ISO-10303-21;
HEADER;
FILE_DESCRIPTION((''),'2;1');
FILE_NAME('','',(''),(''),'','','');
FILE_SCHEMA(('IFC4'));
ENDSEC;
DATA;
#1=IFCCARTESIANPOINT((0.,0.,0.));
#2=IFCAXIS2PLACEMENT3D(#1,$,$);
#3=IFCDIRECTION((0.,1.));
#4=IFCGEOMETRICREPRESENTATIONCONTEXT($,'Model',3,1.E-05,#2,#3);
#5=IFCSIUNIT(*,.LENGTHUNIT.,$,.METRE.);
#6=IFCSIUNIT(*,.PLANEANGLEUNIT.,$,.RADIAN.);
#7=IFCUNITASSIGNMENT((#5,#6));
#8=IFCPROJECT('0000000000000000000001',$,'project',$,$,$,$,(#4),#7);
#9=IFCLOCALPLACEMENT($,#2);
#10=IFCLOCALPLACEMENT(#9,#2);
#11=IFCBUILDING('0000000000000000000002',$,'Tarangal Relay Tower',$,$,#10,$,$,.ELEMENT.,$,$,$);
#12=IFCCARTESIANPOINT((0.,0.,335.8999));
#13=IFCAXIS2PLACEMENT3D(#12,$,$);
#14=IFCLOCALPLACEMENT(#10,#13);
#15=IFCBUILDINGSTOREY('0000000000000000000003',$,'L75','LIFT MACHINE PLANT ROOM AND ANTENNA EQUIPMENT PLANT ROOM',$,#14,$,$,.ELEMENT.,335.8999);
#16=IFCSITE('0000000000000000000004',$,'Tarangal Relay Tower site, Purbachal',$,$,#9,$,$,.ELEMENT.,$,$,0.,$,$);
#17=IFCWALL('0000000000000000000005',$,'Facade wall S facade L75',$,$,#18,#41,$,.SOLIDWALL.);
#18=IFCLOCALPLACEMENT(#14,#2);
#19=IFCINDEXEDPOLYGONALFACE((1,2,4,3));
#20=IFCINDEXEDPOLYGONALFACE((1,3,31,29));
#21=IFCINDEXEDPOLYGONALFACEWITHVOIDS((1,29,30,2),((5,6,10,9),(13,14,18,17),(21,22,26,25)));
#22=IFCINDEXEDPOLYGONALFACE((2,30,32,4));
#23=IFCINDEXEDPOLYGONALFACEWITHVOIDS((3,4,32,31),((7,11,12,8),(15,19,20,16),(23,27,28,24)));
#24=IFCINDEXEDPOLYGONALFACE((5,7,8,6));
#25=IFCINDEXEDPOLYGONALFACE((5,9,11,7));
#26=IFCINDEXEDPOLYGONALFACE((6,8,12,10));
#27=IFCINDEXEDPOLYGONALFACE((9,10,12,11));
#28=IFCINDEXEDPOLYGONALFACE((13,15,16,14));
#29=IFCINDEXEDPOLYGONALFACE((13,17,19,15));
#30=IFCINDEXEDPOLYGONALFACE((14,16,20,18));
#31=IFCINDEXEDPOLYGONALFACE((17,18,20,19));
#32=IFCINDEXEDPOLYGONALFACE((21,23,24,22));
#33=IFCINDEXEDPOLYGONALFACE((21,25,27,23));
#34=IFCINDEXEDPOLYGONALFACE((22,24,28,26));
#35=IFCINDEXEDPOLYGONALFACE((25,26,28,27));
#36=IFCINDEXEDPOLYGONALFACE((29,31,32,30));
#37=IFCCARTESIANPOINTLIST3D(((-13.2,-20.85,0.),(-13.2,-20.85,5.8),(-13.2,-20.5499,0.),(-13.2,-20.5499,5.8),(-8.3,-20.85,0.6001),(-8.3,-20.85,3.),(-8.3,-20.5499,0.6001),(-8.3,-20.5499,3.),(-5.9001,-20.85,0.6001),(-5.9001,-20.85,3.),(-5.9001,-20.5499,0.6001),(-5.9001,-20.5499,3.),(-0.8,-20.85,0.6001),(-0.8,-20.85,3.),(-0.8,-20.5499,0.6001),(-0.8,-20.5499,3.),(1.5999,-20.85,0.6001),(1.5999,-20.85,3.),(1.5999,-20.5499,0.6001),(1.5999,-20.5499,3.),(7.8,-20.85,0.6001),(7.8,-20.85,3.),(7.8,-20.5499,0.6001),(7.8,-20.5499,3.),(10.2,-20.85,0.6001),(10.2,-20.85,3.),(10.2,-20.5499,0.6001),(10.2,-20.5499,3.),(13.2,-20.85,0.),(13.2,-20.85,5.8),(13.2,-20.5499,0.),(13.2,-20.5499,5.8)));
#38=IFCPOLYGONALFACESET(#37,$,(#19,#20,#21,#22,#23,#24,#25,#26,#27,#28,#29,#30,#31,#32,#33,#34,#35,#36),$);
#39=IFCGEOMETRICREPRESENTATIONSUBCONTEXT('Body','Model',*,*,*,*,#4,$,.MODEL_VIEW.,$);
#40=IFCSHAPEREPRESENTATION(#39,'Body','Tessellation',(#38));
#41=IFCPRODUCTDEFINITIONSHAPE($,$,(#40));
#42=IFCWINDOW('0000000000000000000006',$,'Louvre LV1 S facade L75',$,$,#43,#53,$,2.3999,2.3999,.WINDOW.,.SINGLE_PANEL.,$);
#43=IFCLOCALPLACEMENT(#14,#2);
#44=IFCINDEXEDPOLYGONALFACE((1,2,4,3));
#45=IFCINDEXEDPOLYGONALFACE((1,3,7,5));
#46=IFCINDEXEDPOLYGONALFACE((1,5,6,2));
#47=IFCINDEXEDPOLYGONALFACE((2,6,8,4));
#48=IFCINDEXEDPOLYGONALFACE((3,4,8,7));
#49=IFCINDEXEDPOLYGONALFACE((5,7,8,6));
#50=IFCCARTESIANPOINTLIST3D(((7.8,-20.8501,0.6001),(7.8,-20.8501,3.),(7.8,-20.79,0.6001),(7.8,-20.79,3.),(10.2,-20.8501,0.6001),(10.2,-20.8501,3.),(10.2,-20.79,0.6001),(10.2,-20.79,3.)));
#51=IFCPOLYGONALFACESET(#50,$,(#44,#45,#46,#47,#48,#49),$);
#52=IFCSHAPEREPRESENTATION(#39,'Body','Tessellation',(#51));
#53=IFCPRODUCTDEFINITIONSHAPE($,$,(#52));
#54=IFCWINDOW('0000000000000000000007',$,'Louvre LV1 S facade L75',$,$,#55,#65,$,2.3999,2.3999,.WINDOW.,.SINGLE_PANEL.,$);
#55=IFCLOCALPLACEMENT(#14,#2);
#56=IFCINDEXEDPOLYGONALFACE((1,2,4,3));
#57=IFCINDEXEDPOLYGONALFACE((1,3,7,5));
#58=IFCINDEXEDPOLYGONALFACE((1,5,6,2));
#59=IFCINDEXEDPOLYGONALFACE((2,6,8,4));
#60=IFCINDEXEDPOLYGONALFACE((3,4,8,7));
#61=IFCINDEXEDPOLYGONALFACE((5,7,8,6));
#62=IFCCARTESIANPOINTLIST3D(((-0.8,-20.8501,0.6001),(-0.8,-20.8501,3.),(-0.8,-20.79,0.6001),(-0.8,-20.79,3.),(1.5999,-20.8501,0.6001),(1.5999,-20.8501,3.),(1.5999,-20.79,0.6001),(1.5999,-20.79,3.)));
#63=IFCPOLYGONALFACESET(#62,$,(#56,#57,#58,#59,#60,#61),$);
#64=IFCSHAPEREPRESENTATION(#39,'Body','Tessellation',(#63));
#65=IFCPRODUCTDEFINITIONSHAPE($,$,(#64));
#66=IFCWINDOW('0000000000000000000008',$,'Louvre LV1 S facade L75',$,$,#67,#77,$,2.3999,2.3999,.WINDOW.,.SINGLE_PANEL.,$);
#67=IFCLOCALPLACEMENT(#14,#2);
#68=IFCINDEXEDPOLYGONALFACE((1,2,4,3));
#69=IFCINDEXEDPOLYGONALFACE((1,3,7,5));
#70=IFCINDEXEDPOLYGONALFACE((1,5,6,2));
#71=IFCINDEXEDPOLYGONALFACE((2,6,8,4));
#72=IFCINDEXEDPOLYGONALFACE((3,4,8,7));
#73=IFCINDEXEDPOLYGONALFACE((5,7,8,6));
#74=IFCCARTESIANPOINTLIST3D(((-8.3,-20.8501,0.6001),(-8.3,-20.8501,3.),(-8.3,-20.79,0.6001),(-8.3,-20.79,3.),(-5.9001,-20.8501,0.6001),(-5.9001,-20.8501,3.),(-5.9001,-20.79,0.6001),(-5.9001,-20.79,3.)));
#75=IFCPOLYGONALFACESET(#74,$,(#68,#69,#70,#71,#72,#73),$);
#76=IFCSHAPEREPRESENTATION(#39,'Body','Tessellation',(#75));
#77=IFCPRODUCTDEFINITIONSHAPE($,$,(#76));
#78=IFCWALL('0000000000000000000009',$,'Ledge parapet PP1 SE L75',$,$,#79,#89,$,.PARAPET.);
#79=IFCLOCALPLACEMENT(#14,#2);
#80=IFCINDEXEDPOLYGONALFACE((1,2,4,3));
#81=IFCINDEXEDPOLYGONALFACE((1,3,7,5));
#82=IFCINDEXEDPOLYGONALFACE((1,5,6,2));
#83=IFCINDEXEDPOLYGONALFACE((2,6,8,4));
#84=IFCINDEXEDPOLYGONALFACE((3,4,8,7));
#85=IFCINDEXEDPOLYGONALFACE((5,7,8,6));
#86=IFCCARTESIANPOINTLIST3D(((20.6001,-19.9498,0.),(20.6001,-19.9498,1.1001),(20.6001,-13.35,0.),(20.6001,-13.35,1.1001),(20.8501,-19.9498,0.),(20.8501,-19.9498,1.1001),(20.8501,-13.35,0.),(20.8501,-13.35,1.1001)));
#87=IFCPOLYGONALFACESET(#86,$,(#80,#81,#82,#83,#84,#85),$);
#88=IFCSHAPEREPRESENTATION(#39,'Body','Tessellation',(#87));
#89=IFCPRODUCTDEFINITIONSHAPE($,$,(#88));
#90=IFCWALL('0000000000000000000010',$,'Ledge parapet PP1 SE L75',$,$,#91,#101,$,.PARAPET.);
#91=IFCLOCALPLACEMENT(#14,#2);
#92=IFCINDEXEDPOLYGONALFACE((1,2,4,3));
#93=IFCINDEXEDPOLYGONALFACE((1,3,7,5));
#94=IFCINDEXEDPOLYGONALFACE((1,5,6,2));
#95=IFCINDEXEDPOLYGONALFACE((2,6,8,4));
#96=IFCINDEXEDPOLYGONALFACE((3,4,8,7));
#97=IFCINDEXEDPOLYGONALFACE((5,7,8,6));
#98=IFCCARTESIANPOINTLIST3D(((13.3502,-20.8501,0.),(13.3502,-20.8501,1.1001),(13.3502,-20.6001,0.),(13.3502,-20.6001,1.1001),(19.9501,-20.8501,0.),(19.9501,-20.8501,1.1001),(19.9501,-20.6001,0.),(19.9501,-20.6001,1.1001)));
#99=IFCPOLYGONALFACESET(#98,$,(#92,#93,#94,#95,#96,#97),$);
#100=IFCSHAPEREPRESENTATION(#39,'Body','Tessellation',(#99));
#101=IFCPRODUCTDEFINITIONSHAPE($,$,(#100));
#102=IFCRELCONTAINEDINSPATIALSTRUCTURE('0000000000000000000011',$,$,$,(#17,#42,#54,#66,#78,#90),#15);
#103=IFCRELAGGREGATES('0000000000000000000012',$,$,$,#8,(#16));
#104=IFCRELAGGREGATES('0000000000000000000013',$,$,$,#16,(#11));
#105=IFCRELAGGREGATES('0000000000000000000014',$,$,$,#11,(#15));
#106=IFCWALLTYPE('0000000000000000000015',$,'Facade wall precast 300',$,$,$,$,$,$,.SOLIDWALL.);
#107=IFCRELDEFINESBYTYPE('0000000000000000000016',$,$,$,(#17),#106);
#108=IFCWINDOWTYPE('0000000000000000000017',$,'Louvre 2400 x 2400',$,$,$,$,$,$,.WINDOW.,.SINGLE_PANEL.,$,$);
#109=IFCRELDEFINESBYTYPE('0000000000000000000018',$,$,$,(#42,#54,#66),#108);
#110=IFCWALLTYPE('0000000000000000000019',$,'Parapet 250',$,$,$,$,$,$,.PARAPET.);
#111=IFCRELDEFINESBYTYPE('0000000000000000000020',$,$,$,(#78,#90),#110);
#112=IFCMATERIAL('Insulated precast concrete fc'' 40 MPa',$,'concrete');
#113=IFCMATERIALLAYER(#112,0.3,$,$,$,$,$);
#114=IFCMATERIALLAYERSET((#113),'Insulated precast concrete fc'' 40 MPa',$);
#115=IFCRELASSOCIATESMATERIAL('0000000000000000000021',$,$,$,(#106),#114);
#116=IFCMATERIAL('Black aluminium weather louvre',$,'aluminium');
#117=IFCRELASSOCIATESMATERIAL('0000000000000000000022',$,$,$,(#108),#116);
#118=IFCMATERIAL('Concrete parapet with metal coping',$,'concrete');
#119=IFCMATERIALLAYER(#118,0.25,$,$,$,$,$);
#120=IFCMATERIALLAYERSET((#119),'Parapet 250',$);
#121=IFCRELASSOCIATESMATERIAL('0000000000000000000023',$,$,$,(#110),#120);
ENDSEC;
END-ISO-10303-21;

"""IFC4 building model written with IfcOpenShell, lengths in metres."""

from ifc_helpers import new_model, si_unit, direction, frame, frame_2d, origin, place, context, subcontext, project, spatial, rectangle, extrude, material, layer, layer_set, type_object, element, fill, save


model = new_model("IFC4")

# Units and contexts
model_context = context("Model", 3, precision=1e-05, world=origin(), true_north=direction((0.0, 1.0)))
body_context = subcontext(model_context, "Body", "Model", "MODEL_VIEW")
ifc_project = project(units=[si_unit("LENGTHUNIT", "METRE"), si_unit("PLANEANGLEUNIT", "RADIAN")], contexts=[model_context])

# Site, building, storey
site_placement = place(None, origin())
site = spatial("IfcSite", under=ifc_project, at=site_placement, Name="Tarangal Relay Tower site, Purbachal", CompositionType="ELEMENT", RefElevation=0.0)
building_placement = place(site_placement, origin())
building = spatial("IfcBuilding", under=site, at=building_placement, Name="Tarangal Relay Tower", CompositionType="ELEMENT")
storey_placement = place(building_placement, frame((0.0, 0.0, 335.8999)))
storey = spatial("IfcBuildingStorey", under=building, at=storey_placement, Name="L75", Description="LIFT MACHINE PLANT ROOM AND ANTENNA EQUIPMENT PLANT ROOM", CompositionType="ELEMENT", Elevation=335.8999)

# Shared definitions
ifc_material_1 = material(Name="Insulated precast concrete fc' 40 MPa", Category="concrete")
ifc_layer_1 = layer(ifc_material_1, 0.3)
ifc_layer_set_1 = layer_set([ifc_layer_1], Name="Insulated precast concrete fc' 40 MPa")
wall_type_1 = type_object("IfcWallType", Name="Facade wall precast 300", PredefinedType="SOLIDWALL", material=ifc_layer_set_1)

# Wall, openings, windows
wall_1_placement = place(storey_placement, frame((13.2, -20.7, 0.0), z_axis=(0.0, 0.0, 1.0), x_axis=(-1.0, 0.0, 0.0)))
wall_1 = element("IfcWall", 1, at=wall_1_placement, inside=storey, type_object=wall_type_1, Name="Facade wall S facade L75", PredefinedType="SOLIDWALL", context=body_context, shape_type="SweptSolid", body=[
    extrude(rectangle(XDim=26.3999, YDim=0.3, at=frame_2d((13.2, 0.0))), origin(), (0.0, 0.0, 1.0), 5.8),
])
opening_1_placement = place(wall_1_placement, frame((3.0, 0.0, 0.6001)))
opening_1 = element("IfcOpeningElement", 2, at=opening_1_placement, cuts=wall_1, PredefinedType="OPENING", context=body_context, shape_type="SweptSolid", body=[
    extrude(rectangle(XDim=2.3999, YDim=2.3999, at=frame_2d((1.2, 1.2))), frame((0.0, 0.1599, 0.0), z_axis=(0.0, -1.0, 0.0), x_axis=(1.0, 0.0, 0.0)), (0.0, 0.0, 1.0), 0.3201),
])
opening_2_placement = place(wall_1_placement, frame((11.6001, 0.0, 0.6001)))
opening_2 = element("IfcOpeningElement", 3, at=opening_2_placement, cuts=wall_1, PredefinedType="OPENING", context=body_context, shape_type="SweptSolid", body=[
    extrude(rectangle(XDim=2.3999, YDim=2.3999, at=frame_2d((1.2, 1.2))), frame((0.0, 0.1599, 0.0), z_axis=(0.0, -1.0, 0.0), x_axis=(1.0, 0.0, 0.0)), (0.0, 0.0, 1.0), 0.3201),
])
opening_3_placement = place(wall_1_placement, frame((19.1001, 0.0, 0.6001)))
opening_3 = element("IfcOpeningElement", 4, at=opening_3_placement, cuts=wall_1, PredefinedType="OPENING", context=body_context, shape_type="SweptSolid", body=[
    extrude(rectangle(XDim=2.3999, YDim=2.3999, at=frame_2d((1.2, 1.2))), frame((0.0, 0.1599, 0.0), z_axis=(0.0, -1.0, 0.0), x_axis=(1.0, 0.0, 0.0)), (0.0, 0.0, 1.0), 0.3201),
])
ifc_material_2 = material(Name="Black aluminium weather louvre", Category="aluminium")
window_type = type_object("IfcWindowType", Name="Louvre 2400 x 2400", PartitioningType="SINGLE_PANEL", PredefinedType="WINDOW", material=ifc_material_2)
window_1_placement = place(opening_1_placement, origin())
window_1 = element("IfcWindow", 5, at=window_1_placement, inside=storey, type_object=window_type, Name="Louvre LV1 S facade L75", OverallHeight=2.3999, OverallWidth=2.3999, PartitioningType="SINGLE_PANEL", PredefinedType="WINDOW", context=body_context, shape_type="SweptSolid", body=[
    extrude(rectangle(XDim=2.3999, YDim=2.3999, at=frame_2d((1.2, 1.2))), frame((0.0, 0.1501, 0.0), z_axis=(0.0, -1.0, 0.0), x_axis=(1.0, 0.0, 0.0)), (0.0, 0.0, 1.0), 0.0601),
])
fill(opening_1, window_1)
window_2_placement = place(opening_2_placement, origin())
window_2 = element("IfcWindow", 6, at=window_2_placement, inside=storey, type_object=window_type, Name="Louvre LV1 S facade L75", OverallHeight=2.3999, OverallWidth=2.3999, PartitioningType="SINGLE_PANEL", PredefinedType="WINDOW", context=body_context, shape_type="SweptSolid", body=[
    extrude(rectangle(XDim=2.3999, YDim=2.3999, at=frame_2d((1.2, 1.2))), frame((0.0, 0.1501, 0.0), z_axis=(0.0, -1.0, 0.0), x_axis=(1.0, 0.0, 0.0)), (0.0, 0.0, 1.0), 0.0601),
])
fill(opening_2, window_2)
window_3_placement = place(opening_3_placement, origin())
window_3 = element("IfcWindow", 7, at=window_3_placement, inside=storey, type_object=window_type, Name="Louvre LV1 S facade L75", OverallHeight=2.3999, OverallWidth=2.3999, PartitioningType="SINGLE_PANEL", PredefinedType="WINDOW", context=body_context, shape_type="SweptSolid", body=[
    extrude(rectangle(XDim=2.3999, YDim=2.3999, at=frame_2d((1.2, 1.2))), frame((0.0, 0.1501, 0.0), z_axis=(0.0, -1.0, 0.0), x_axis=(1.0, 0.0, 0.0)), (0.0, 0.0, 1.0), 0.0601),
])
fill(opening_3, window_3)

# Walls
ifc_material_3 = material(Name="Concrete parapet with metal coping", Category="concrete")
ifc_layer_2 = layer(ifc_material_3, 0.25)
ifc_layer_set_2 = layer_set([ifc_layer_2], Name="Parapet 250")
wall_type_2 = type_object("IfcWallType", Name="Parapet 250", PredefinedType="PARAPET", material=ifc_layer_set_2)
for number, where, z_axis, x_axis, name in (
    (8, (20.7251, -13.3501, 0.0), (0.0, 0.0, 1.0), (0.0, -1.0, 0.0), "Ledge parapet PP1 SE L75"),
    (9, (19.95, -20.7251, 0.0), (0.0, 0.0, 1.0), (-1.0, 0.0, 0.0), "Ledge parapet PP1 SE L75"),
):
    element("IfcWall", number, at=place(storey_placement, frame(where, z_axis=z_axis, x_axis=x_axis)), inside=storey, type_object=wall_type_2, Name=name, PredefinedType="PARAPET", context=body_context, shape_type="SweptSolid", body=[
        extrude(rectangle(XDim=6.5999, YDim=0.25, at=frame_2d((3.2998, 0.0))), origin(), (0.0, 0.0, 1.0), 1.1001),
    ])

save(model, "model.ifc")
